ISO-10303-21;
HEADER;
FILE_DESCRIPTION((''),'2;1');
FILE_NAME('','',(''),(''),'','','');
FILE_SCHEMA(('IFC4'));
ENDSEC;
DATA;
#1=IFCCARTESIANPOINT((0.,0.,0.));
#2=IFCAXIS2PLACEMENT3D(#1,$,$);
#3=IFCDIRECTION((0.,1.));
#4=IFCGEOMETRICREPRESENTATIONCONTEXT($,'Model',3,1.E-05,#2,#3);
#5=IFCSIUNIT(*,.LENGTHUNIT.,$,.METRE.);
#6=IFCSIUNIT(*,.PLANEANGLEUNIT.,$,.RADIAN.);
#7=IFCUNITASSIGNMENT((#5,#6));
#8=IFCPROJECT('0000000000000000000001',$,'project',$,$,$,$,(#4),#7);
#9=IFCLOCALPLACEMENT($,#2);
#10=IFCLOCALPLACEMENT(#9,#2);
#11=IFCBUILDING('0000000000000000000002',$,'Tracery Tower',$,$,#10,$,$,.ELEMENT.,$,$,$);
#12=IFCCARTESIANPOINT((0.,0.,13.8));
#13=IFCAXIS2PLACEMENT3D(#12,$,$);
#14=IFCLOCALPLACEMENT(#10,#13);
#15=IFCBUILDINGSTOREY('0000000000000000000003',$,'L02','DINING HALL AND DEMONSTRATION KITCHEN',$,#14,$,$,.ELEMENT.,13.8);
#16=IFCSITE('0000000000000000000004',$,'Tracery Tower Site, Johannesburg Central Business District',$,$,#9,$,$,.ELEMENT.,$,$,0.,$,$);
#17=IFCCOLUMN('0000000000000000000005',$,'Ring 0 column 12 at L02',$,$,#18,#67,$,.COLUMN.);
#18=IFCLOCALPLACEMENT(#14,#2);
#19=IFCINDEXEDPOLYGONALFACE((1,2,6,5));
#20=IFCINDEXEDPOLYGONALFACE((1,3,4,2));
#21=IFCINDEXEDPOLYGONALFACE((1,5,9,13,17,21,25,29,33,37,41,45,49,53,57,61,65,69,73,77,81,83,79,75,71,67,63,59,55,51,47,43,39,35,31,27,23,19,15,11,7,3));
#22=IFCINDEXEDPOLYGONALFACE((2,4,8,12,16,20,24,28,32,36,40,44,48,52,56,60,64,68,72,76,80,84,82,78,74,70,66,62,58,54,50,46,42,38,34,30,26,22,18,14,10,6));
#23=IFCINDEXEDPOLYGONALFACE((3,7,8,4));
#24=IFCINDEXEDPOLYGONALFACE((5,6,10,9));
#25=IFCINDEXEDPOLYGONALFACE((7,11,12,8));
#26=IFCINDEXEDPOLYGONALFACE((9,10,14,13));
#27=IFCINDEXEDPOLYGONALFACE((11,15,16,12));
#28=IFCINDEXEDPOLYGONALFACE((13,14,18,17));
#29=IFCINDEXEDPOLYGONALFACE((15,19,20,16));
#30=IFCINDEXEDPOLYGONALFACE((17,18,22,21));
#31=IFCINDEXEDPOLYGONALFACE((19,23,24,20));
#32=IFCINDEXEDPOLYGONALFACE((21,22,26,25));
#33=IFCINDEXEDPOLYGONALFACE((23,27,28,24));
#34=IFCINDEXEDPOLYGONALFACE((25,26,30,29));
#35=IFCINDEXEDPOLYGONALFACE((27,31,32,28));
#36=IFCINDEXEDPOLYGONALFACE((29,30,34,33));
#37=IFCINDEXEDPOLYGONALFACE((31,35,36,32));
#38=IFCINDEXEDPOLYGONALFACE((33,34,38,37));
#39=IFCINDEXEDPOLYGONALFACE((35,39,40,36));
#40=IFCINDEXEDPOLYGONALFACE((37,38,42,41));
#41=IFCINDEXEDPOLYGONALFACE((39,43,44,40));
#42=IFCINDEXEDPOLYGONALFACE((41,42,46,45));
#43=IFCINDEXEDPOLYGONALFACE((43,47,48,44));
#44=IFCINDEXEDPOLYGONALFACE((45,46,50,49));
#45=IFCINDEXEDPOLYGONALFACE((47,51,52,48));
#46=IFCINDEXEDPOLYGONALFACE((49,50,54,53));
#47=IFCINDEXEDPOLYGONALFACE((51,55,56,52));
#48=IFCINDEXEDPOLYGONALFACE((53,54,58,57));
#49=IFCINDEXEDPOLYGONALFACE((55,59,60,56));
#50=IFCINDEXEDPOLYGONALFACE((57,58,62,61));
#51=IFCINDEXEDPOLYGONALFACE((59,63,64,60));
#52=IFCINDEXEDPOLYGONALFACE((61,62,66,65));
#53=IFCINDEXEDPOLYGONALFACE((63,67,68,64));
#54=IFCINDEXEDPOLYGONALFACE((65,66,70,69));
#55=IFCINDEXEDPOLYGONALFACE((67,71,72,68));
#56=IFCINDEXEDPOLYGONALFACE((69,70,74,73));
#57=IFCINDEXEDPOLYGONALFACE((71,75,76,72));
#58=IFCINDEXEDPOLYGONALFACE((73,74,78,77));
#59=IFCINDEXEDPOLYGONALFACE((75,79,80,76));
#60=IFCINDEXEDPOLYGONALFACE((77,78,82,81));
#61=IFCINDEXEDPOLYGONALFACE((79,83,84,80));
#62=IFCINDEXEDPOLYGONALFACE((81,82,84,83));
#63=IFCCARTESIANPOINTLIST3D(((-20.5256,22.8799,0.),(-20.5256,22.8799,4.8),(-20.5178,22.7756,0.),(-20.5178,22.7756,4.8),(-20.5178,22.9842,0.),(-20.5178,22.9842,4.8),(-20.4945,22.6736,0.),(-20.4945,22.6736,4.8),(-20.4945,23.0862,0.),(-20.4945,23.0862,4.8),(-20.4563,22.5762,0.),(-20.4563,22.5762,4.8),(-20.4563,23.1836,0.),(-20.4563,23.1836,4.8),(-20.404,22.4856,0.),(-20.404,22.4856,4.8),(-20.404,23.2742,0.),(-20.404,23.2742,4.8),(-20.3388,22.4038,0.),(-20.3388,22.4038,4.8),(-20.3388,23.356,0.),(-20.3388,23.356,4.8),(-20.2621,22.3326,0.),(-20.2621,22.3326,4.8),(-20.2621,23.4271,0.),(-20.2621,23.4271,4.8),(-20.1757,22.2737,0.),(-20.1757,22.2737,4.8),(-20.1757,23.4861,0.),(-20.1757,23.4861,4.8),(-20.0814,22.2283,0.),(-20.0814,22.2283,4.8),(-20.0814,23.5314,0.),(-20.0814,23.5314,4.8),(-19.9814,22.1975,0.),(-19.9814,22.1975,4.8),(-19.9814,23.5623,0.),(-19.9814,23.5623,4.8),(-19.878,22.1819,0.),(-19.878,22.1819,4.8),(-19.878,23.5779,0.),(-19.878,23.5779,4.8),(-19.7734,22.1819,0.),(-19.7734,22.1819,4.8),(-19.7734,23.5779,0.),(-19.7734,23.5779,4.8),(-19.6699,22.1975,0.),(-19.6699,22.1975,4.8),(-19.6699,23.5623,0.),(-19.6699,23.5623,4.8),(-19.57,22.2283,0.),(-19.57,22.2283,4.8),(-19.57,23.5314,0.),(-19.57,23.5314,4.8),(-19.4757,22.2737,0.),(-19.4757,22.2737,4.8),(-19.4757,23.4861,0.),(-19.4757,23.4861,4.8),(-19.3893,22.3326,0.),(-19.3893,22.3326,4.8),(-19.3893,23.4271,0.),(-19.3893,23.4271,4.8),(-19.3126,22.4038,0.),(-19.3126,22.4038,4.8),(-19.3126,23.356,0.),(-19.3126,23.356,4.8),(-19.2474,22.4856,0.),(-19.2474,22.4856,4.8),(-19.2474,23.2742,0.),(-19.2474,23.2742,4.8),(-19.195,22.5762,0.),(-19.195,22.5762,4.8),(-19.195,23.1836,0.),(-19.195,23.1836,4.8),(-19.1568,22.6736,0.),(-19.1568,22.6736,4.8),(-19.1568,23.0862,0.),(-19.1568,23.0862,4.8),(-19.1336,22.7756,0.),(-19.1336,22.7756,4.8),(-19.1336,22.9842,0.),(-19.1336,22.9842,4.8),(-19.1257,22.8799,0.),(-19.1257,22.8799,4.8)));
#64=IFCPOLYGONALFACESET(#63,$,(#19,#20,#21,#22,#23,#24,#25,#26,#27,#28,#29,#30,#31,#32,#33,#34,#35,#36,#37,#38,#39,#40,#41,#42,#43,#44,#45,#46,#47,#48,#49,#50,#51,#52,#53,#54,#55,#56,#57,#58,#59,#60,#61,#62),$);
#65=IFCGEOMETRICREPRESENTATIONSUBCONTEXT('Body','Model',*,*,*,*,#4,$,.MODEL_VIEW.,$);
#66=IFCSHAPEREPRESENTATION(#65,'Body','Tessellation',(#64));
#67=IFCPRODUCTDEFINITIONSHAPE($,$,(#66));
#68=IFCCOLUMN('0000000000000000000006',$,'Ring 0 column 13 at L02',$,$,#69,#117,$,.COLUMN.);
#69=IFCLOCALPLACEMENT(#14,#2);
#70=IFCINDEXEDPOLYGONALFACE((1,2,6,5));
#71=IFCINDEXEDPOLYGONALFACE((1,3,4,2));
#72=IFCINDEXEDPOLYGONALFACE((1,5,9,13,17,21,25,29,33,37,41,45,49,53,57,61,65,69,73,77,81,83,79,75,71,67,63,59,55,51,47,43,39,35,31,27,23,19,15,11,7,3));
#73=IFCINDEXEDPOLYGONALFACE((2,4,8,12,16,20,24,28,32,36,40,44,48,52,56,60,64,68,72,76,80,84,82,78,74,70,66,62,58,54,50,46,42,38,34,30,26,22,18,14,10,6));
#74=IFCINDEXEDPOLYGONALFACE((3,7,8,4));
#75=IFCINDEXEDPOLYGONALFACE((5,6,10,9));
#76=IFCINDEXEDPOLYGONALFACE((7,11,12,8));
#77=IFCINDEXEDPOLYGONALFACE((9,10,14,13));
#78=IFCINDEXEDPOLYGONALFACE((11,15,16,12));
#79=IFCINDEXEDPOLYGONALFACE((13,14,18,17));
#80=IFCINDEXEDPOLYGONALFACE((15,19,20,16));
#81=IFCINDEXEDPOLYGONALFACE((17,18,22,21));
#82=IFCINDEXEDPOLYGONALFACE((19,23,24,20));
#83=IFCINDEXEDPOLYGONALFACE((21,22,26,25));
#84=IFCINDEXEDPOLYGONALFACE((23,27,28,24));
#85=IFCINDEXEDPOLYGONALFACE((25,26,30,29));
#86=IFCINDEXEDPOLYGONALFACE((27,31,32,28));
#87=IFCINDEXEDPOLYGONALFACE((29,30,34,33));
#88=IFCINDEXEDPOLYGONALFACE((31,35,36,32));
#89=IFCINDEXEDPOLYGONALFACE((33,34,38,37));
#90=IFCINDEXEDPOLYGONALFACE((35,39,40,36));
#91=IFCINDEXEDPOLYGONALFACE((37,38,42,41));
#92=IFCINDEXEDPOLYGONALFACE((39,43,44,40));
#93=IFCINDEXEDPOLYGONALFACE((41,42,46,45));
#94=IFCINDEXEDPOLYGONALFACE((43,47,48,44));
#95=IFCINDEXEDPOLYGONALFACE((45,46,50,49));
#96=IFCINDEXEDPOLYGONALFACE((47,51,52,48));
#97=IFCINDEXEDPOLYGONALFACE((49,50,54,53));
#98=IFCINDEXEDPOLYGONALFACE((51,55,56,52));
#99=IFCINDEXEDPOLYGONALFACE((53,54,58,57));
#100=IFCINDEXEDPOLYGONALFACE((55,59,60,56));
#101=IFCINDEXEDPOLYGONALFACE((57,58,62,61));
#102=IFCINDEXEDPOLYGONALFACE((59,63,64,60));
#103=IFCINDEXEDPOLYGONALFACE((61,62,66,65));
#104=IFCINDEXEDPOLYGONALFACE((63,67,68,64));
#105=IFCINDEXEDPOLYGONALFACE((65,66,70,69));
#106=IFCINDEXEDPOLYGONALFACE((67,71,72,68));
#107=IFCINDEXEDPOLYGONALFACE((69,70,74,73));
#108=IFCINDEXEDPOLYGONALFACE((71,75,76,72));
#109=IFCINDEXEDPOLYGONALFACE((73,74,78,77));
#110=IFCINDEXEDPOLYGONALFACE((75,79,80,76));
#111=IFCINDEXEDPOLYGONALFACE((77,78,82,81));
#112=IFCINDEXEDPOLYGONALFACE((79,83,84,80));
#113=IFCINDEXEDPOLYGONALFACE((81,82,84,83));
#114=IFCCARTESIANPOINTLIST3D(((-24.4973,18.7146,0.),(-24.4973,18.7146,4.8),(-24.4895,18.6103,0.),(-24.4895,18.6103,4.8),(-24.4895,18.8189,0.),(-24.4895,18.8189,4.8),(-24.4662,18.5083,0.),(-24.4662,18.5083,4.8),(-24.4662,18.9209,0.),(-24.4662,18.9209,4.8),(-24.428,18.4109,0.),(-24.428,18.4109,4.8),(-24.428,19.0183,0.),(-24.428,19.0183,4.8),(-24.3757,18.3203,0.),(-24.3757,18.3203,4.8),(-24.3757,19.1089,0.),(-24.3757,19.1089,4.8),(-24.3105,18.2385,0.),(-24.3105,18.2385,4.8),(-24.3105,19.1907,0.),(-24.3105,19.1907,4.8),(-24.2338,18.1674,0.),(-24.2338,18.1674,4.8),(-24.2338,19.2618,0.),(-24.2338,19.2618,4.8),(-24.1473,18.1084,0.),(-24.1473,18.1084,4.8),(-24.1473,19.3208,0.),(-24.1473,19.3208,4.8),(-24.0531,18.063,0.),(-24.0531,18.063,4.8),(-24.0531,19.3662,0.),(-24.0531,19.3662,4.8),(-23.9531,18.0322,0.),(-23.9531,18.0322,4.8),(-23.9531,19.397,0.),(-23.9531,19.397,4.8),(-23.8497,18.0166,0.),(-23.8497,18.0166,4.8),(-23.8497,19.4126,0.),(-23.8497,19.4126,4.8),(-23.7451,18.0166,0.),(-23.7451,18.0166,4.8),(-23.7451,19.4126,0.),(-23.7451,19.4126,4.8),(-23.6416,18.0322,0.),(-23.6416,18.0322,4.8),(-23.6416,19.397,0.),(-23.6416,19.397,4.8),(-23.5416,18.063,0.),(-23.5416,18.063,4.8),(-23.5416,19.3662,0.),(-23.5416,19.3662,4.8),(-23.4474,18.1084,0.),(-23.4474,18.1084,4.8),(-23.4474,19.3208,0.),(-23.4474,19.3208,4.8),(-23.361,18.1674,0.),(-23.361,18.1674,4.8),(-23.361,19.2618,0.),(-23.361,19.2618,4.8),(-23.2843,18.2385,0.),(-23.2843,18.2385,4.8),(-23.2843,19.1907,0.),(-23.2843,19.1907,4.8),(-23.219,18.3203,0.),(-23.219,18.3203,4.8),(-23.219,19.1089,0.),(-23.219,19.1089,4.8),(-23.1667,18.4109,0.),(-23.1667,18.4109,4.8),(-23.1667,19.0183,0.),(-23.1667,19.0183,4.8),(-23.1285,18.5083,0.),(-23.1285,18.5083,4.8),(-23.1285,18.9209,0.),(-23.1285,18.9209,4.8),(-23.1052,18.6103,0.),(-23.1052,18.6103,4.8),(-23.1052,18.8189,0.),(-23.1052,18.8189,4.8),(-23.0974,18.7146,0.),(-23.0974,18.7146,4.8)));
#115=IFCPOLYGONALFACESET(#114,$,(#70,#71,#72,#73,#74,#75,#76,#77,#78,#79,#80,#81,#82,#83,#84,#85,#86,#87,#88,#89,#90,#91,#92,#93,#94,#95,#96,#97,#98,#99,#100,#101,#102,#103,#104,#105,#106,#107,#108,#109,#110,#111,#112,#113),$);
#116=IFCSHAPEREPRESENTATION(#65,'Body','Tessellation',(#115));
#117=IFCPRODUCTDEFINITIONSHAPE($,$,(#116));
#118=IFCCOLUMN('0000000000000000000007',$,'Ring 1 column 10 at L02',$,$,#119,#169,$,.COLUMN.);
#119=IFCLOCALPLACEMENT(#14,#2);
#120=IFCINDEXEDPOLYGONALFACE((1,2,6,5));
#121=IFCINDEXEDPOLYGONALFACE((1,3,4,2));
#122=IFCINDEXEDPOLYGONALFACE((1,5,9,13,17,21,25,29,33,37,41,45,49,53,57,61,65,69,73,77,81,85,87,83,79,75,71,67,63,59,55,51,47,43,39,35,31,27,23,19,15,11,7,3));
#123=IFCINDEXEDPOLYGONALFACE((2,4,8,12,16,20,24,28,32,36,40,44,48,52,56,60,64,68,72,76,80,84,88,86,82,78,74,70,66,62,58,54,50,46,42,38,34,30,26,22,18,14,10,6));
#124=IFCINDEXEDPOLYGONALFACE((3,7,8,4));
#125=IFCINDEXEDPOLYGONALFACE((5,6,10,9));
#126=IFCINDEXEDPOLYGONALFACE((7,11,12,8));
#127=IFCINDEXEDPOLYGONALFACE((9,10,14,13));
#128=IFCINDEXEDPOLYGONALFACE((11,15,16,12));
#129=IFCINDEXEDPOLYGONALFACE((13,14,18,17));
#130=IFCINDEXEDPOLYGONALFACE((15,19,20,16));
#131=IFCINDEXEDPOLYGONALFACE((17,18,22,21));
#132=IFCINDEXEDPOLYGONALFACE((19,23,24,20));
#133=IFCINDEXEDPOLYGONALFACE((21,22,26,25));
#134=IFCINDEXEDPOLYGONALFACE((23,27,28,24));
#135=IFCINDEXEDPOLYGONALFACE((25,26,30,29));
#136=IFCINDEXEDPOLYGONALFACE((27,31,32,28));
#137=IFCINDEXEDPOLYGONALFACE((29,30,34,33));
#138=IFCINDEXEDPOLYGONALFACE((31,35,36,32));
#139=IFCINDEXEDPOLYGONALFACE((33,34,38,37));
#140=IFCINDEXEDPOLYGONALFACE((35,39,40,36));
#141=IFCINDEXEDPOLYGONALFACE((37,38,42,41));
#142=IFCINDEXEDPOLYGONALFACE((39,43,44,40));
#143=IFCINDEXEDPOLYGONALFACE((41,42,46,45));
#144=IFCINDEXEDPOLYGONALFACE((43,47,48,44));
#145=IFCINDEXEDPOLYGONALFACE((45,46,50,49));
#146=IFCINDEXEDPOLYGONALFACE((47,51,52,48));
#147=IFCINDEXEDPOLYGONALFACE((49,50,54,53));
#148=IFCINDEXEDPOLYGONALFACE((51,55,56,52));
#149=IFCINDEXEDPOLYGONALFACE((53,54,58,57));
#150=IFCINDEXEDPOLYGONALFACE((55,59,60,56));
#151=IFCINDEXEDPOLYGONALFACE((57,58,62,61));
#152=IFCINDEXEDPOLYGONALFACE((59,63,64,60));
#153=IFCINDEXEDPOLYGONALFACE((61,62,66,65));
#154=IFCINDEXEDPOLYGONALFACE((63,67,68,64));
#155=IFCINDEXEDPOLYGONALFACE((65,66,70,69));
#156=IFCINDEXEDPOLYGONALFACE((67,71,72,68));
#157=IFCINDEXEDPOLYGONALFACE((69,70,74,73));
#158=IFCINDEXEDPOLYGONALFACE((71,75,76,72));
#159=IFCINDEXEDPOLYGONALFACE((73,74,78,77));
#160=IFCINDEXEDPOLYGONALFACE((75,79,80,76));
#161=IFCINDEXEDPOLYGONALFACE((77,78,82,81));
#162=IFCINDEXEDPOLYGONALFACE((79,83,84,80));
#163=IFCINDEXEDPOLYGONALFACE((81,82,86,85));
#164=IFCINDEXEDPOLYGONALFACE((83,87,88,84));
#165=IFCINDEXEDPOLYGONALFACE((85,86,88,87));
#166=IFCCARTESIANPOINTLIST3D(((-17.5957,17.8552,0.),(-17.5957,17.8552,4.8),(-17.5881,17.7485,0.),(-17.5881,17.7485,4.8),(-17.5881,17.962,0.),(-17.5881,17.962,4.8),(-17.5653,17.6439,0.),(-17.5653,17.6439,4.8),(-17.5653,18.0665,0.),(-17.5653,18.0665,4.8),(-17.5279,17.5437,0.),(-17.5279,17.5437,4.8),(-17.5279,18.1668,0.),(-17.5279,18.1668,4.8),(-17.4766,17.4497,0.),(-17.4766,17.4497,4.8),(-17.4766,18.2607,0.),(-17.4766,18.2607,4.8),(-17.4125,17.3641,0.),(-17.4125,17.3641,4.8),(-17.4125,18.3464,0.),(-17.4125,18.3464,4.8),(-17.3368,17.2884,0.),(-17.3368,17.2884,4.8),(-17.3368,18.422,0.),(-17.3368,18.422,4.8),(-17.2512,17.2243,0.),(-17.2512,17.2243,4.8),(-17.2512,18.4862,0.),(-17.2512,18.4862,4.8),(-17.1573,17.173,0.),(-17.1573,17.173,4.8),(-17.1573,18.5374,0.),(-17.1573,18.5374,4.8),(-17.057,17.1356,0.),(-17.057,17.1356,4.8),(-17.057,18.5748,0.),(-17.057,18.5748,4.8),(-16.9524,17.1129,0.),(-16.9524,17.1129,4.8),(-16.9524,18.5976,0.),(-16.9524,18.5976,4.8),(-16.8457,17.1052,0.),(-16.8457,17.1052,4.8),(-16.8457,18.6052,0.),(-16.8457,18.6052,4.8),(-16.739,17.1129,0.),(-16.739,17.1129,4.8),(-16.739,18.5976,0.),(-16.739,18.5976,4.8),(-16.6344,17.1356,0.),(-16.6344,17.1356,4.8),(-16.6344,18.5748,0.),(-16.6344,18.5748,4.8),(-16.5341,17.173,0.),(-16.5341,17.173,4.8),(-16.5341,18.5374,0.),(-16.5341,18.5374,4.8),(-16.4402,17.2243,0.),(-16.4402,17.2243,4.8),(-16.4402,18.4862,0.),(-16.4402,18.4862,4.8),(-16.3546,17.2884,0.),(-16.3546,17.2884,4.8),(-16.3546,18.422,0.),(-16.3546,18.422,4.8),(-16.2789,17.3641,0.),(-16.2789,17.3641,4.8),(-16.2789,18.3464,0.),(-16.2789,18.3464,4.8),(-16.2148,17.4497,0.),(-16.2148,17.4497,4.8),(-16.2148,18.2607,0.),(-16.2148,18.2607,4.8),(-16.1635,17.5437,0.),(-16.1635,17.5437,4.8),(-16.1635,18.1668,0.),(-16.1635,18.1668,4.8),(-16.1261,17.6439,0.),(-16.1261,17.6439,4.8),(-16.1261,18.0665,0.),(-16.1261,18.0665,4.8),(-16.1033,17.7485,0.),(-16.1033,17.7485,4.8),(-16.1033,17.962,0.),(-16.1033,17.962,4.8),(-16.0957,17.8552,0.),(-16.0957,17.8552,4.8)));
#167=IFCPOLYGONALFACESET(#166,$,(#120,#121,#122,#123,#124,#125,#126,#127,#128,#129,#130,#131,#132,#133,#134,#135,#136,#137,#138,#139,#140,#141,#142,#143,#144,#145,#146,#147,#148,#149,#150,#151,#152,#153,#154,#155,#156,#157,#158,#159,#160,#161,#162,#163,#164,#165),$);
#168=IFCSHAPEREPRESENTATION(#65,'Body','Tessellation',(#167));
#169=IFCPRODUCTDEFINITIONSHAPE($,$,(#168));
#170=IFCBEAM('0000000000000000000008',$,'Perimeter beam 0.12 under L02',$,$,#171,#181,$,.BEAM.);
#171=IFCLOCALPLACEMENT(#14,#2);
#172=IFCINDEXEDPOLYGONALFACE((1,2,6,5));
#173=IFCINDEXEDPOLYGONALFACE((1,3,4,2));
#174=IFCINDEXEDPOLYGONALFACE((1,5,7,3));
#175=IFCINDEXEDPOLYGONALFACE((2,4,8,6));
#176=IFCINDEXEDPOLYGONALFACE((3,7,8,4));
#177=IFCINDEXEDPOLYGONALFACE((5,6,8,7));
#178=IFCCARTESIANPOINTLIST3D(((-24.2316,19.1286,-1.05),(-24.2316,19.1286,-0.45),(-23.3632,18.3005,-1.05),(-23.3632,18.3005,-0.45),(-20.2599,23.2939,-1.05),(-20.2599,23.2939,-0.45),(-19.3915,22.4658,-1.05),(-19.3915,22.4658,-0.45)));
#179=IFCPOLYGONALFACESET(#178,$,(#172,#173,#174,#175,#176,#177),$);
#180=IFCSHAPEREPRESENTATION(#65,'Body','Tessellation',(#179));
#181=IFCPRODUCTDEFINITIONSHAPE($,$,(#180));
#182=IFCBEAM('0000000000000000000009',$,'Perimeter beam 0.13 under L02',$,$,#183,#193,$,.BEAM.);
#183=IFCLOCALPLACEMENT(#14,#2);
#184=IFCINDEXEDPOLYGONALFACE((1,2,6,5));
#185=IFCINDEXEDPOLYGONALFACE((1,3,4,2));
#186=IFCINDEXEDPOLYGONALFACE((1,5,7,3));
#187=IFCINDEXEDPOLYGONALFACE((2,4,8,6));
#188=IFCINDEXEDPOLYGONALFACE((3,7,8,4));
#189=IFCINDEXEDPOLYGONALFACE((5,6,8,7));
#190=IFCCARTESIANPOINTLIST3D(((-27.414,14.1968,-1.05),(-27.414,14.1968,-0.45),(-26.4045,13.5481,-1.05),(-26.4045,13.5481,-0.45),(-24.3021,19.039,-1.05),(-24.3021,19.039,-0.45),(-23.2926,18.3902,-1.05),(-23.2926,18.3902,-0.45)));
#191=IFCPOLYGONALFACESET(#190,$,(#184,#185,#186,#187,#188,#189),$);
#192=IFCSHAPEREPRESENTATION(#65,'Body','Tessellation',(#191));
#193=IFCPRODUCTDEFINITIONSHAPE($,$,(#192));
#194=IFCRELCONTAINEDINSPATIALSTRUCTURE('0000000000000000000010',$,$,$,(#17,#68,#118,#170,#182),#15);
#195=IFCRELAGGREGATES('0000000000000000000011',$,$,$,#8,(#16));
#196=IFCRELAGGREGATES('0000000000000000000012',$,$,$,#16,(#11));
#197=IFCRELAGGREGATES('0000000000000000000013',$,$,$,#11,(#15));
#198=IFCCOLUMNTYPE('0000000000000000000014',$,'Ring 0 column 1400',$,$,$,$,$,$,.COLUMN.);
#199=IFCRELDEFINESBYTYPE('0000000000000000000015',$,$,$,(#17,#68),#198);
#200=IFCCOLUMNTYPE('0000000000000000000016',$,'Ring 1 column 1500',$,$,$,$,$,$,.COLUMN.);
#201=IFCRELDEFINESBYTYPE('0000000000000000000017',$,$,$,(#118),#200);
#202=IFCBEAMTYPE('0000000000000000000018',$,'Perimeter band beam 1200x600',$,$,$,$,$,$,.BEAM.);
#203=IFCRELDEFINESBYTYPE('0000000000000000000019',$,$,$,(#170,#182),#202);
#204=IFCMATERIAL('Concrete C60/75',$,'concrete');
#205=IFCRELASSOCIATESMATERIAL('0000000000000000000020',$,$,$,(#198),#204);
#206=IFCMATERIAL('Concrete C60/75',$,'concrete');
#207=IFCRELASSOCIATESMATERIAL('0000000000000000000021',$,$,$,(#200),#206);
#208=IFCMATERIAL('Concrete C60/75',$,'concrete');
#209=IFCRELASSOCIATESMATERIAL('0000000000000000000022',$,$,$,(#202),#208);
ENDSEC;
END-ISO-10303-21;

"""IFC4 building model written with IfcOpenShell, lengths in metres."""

from ifc_helpers import new_model, si_unit, direction, frame, origin, origin_2d, place, context, subcontext, project, spatial, rectangle, circle, extrude, material, material_profile, profile_set, type_object, element, save


model = new_model("IFC4")

# Units and contexts
model_context = context("Model", 3, precision=1e-05, world=origin(), true_north=direction((0.0, 1.0)))
body_context = subcontext(model_context, "Body", "Model", "MODEL_VIEW")
ifc_project = project(units=[si_unit("LENGTHUNIT", "METRE"), si_unit("PLANEANGLEUNIT", "RADIAN")], contexts=[model_context])

# Site, building, storey
site_placement = place(None, origin())
site = spatial("IfcSite", under=ifc_project, at=site_placement, Name="Tracery Tower Site, Johannesburg Central Business District", CompositionType="ELEMENT", RefElevation=0.0)
building_placement = place(site_placement, origin())
building = spatial("IfcBuilding", under=site, at=building_placement, Name="Tracery Tower", CompositionType="ELEMENT")
storey_placement = place(building_placement, frame((0.0, 0.0, 13.8)))
storey = spatial("IfcBuildingStorey", under=building, at=storey_placement, Name="L02", Description="DINING HALL AND DEMONSTRATION KITCHEN", CompositionType="ELEMENT", Elevation=13.8)

# Columns
ifc_material_1 = material(Name="Concrete C60/75", Category="concrete")
ifc_material_profile_1 = material_profile(ifc_material_1, circle(Radius=0.7, at=origin_2d()), Name="RC D1400")
ifc_profile_set_1 = profile_set([ifc_material_profile_1], Name="Concrete C60/75")
column_type_1 = type_object("IfcColumnType", Name="Ring 0 column 1400", PredefinedType="COLUMN", material=ifc_profile_set_1)
for number, where, z_axis, x_axis, name in (
    (1, (-19.8257, 22.8799, 0.0), (0.0, 0.0, 1.0), (1.0, 0.0, 0.0), "Ring 0 column 12 at L02"),
    (2, (-23.7974, 18.7146, 0.0), (0.0, 0.0, 1.0), (1.0, 0.0, 0.0), "Ring 0 column 13 at L02"),
):
    element("IfcColumn", number, at=place(storey_placement, frame(where, z_axis=z_axis, x_axis=x_axis)), inside=storey, type_object=column_type_1, Name=name, PredefinedType="COLUMN", context=body_context, shape_type="SweptSolid", body=[
        extrude(circle(Radius=0.7, at=origin_2d()), origin(), (0.0, 0.0, 1.0), 4.8),
    ])
ifc_material_2 = material(Name="Concrete C60/75", Category="concrete")
ifc_material_profile_2 = material_profile(ifc_material_2, circle(Radius=0.75, at=origin_2d()), Name="RC D1500")
ifc_profile_set_2 = profile_set([ifc_material_profile_2], Name="Concrete C60/75")
column_type_2 = type_object("IfcColumnType", Name="Ring 1 column 1500", PredefinedType="COLUMN", material=ifc_profile_set_2)
column_placement = place(storey_placement, frame((-16.8457, 17.8552, 0.0), z_axis=(0.0, 0.0, 1.0), x_axis=(1.0, 0.0, 0.0)))
element("IfcColumn", 3, at=column_placement, inside=storey, type_object=column_type_2, Name="Ring 1 column 10 at L02", PredefinedType="COLUMN", context=body_context, shape_type="SweptSolid", body=[
    extrude(circle(Radius=0.75, at=origin_2d()), origin(), (0.0, 0.0, 1.0), 4.8),
])

# Beams
ifc_material_3 = material(Name="Concrete C60/75", Category="concrete")
ifc_material_profile_3 = material_profile(ifc_material_3, rectangle(XDim=1.2, YDim=0.6001, at=origin_2d()), Name="RC 1200x600")
ifc_profile_set_3 = profile_set([ifc_material_profile_3], Name="Concrete C60/75")
beam_type = type_object("IfcBeamType", Name="Perimeter band beam 1200x600", PredefinedType="BEAM", material=ifc_profile_set_3)
beam_1_placement = place(storey_placement, frame((-19.8257, 22.8799, -0.75), z_axis=(-0.690087, -0.723726, 0.0), x_axis=(0.723726, -0.690087, 0.0)))
element("IfcBeam", 4, at=beam_1_placement, inside=storey, type_object=beam_type, Name="Perimeter beam 0.12 under L02", PredefinedType="BEAM", context=body_context, shape_type="SweptSolid", body=[
    extrude(rectangle(XDim=1.2, YDim=0.6001, at=origin_2d()), origin(), (0.0, 0.0, 1.0), 5.7554),
])
beam_2_placement = place(storey_placement, frame((-23.7974, 18.7146, -0.75), z_axis=(-0.540644, -0.841252, 0.0), x_axis=(0.841252, -0.540644, 0.0)))
element("IfcBeam", 5, at=beam_2_placement, inside=storey, type_object=beam_type, Name="Perimeter beam 0.13 under L02", PredefinedType="BEAM", context=body_context, shape_type="SweptSolid", body=[
    extrude(rectangle(XDim=1.2, YDim=0.6001, at=origin_2d()), origin(), (0.0, 0.0, 1.0), 5.7559),
])

save(model, "model.ifc")
